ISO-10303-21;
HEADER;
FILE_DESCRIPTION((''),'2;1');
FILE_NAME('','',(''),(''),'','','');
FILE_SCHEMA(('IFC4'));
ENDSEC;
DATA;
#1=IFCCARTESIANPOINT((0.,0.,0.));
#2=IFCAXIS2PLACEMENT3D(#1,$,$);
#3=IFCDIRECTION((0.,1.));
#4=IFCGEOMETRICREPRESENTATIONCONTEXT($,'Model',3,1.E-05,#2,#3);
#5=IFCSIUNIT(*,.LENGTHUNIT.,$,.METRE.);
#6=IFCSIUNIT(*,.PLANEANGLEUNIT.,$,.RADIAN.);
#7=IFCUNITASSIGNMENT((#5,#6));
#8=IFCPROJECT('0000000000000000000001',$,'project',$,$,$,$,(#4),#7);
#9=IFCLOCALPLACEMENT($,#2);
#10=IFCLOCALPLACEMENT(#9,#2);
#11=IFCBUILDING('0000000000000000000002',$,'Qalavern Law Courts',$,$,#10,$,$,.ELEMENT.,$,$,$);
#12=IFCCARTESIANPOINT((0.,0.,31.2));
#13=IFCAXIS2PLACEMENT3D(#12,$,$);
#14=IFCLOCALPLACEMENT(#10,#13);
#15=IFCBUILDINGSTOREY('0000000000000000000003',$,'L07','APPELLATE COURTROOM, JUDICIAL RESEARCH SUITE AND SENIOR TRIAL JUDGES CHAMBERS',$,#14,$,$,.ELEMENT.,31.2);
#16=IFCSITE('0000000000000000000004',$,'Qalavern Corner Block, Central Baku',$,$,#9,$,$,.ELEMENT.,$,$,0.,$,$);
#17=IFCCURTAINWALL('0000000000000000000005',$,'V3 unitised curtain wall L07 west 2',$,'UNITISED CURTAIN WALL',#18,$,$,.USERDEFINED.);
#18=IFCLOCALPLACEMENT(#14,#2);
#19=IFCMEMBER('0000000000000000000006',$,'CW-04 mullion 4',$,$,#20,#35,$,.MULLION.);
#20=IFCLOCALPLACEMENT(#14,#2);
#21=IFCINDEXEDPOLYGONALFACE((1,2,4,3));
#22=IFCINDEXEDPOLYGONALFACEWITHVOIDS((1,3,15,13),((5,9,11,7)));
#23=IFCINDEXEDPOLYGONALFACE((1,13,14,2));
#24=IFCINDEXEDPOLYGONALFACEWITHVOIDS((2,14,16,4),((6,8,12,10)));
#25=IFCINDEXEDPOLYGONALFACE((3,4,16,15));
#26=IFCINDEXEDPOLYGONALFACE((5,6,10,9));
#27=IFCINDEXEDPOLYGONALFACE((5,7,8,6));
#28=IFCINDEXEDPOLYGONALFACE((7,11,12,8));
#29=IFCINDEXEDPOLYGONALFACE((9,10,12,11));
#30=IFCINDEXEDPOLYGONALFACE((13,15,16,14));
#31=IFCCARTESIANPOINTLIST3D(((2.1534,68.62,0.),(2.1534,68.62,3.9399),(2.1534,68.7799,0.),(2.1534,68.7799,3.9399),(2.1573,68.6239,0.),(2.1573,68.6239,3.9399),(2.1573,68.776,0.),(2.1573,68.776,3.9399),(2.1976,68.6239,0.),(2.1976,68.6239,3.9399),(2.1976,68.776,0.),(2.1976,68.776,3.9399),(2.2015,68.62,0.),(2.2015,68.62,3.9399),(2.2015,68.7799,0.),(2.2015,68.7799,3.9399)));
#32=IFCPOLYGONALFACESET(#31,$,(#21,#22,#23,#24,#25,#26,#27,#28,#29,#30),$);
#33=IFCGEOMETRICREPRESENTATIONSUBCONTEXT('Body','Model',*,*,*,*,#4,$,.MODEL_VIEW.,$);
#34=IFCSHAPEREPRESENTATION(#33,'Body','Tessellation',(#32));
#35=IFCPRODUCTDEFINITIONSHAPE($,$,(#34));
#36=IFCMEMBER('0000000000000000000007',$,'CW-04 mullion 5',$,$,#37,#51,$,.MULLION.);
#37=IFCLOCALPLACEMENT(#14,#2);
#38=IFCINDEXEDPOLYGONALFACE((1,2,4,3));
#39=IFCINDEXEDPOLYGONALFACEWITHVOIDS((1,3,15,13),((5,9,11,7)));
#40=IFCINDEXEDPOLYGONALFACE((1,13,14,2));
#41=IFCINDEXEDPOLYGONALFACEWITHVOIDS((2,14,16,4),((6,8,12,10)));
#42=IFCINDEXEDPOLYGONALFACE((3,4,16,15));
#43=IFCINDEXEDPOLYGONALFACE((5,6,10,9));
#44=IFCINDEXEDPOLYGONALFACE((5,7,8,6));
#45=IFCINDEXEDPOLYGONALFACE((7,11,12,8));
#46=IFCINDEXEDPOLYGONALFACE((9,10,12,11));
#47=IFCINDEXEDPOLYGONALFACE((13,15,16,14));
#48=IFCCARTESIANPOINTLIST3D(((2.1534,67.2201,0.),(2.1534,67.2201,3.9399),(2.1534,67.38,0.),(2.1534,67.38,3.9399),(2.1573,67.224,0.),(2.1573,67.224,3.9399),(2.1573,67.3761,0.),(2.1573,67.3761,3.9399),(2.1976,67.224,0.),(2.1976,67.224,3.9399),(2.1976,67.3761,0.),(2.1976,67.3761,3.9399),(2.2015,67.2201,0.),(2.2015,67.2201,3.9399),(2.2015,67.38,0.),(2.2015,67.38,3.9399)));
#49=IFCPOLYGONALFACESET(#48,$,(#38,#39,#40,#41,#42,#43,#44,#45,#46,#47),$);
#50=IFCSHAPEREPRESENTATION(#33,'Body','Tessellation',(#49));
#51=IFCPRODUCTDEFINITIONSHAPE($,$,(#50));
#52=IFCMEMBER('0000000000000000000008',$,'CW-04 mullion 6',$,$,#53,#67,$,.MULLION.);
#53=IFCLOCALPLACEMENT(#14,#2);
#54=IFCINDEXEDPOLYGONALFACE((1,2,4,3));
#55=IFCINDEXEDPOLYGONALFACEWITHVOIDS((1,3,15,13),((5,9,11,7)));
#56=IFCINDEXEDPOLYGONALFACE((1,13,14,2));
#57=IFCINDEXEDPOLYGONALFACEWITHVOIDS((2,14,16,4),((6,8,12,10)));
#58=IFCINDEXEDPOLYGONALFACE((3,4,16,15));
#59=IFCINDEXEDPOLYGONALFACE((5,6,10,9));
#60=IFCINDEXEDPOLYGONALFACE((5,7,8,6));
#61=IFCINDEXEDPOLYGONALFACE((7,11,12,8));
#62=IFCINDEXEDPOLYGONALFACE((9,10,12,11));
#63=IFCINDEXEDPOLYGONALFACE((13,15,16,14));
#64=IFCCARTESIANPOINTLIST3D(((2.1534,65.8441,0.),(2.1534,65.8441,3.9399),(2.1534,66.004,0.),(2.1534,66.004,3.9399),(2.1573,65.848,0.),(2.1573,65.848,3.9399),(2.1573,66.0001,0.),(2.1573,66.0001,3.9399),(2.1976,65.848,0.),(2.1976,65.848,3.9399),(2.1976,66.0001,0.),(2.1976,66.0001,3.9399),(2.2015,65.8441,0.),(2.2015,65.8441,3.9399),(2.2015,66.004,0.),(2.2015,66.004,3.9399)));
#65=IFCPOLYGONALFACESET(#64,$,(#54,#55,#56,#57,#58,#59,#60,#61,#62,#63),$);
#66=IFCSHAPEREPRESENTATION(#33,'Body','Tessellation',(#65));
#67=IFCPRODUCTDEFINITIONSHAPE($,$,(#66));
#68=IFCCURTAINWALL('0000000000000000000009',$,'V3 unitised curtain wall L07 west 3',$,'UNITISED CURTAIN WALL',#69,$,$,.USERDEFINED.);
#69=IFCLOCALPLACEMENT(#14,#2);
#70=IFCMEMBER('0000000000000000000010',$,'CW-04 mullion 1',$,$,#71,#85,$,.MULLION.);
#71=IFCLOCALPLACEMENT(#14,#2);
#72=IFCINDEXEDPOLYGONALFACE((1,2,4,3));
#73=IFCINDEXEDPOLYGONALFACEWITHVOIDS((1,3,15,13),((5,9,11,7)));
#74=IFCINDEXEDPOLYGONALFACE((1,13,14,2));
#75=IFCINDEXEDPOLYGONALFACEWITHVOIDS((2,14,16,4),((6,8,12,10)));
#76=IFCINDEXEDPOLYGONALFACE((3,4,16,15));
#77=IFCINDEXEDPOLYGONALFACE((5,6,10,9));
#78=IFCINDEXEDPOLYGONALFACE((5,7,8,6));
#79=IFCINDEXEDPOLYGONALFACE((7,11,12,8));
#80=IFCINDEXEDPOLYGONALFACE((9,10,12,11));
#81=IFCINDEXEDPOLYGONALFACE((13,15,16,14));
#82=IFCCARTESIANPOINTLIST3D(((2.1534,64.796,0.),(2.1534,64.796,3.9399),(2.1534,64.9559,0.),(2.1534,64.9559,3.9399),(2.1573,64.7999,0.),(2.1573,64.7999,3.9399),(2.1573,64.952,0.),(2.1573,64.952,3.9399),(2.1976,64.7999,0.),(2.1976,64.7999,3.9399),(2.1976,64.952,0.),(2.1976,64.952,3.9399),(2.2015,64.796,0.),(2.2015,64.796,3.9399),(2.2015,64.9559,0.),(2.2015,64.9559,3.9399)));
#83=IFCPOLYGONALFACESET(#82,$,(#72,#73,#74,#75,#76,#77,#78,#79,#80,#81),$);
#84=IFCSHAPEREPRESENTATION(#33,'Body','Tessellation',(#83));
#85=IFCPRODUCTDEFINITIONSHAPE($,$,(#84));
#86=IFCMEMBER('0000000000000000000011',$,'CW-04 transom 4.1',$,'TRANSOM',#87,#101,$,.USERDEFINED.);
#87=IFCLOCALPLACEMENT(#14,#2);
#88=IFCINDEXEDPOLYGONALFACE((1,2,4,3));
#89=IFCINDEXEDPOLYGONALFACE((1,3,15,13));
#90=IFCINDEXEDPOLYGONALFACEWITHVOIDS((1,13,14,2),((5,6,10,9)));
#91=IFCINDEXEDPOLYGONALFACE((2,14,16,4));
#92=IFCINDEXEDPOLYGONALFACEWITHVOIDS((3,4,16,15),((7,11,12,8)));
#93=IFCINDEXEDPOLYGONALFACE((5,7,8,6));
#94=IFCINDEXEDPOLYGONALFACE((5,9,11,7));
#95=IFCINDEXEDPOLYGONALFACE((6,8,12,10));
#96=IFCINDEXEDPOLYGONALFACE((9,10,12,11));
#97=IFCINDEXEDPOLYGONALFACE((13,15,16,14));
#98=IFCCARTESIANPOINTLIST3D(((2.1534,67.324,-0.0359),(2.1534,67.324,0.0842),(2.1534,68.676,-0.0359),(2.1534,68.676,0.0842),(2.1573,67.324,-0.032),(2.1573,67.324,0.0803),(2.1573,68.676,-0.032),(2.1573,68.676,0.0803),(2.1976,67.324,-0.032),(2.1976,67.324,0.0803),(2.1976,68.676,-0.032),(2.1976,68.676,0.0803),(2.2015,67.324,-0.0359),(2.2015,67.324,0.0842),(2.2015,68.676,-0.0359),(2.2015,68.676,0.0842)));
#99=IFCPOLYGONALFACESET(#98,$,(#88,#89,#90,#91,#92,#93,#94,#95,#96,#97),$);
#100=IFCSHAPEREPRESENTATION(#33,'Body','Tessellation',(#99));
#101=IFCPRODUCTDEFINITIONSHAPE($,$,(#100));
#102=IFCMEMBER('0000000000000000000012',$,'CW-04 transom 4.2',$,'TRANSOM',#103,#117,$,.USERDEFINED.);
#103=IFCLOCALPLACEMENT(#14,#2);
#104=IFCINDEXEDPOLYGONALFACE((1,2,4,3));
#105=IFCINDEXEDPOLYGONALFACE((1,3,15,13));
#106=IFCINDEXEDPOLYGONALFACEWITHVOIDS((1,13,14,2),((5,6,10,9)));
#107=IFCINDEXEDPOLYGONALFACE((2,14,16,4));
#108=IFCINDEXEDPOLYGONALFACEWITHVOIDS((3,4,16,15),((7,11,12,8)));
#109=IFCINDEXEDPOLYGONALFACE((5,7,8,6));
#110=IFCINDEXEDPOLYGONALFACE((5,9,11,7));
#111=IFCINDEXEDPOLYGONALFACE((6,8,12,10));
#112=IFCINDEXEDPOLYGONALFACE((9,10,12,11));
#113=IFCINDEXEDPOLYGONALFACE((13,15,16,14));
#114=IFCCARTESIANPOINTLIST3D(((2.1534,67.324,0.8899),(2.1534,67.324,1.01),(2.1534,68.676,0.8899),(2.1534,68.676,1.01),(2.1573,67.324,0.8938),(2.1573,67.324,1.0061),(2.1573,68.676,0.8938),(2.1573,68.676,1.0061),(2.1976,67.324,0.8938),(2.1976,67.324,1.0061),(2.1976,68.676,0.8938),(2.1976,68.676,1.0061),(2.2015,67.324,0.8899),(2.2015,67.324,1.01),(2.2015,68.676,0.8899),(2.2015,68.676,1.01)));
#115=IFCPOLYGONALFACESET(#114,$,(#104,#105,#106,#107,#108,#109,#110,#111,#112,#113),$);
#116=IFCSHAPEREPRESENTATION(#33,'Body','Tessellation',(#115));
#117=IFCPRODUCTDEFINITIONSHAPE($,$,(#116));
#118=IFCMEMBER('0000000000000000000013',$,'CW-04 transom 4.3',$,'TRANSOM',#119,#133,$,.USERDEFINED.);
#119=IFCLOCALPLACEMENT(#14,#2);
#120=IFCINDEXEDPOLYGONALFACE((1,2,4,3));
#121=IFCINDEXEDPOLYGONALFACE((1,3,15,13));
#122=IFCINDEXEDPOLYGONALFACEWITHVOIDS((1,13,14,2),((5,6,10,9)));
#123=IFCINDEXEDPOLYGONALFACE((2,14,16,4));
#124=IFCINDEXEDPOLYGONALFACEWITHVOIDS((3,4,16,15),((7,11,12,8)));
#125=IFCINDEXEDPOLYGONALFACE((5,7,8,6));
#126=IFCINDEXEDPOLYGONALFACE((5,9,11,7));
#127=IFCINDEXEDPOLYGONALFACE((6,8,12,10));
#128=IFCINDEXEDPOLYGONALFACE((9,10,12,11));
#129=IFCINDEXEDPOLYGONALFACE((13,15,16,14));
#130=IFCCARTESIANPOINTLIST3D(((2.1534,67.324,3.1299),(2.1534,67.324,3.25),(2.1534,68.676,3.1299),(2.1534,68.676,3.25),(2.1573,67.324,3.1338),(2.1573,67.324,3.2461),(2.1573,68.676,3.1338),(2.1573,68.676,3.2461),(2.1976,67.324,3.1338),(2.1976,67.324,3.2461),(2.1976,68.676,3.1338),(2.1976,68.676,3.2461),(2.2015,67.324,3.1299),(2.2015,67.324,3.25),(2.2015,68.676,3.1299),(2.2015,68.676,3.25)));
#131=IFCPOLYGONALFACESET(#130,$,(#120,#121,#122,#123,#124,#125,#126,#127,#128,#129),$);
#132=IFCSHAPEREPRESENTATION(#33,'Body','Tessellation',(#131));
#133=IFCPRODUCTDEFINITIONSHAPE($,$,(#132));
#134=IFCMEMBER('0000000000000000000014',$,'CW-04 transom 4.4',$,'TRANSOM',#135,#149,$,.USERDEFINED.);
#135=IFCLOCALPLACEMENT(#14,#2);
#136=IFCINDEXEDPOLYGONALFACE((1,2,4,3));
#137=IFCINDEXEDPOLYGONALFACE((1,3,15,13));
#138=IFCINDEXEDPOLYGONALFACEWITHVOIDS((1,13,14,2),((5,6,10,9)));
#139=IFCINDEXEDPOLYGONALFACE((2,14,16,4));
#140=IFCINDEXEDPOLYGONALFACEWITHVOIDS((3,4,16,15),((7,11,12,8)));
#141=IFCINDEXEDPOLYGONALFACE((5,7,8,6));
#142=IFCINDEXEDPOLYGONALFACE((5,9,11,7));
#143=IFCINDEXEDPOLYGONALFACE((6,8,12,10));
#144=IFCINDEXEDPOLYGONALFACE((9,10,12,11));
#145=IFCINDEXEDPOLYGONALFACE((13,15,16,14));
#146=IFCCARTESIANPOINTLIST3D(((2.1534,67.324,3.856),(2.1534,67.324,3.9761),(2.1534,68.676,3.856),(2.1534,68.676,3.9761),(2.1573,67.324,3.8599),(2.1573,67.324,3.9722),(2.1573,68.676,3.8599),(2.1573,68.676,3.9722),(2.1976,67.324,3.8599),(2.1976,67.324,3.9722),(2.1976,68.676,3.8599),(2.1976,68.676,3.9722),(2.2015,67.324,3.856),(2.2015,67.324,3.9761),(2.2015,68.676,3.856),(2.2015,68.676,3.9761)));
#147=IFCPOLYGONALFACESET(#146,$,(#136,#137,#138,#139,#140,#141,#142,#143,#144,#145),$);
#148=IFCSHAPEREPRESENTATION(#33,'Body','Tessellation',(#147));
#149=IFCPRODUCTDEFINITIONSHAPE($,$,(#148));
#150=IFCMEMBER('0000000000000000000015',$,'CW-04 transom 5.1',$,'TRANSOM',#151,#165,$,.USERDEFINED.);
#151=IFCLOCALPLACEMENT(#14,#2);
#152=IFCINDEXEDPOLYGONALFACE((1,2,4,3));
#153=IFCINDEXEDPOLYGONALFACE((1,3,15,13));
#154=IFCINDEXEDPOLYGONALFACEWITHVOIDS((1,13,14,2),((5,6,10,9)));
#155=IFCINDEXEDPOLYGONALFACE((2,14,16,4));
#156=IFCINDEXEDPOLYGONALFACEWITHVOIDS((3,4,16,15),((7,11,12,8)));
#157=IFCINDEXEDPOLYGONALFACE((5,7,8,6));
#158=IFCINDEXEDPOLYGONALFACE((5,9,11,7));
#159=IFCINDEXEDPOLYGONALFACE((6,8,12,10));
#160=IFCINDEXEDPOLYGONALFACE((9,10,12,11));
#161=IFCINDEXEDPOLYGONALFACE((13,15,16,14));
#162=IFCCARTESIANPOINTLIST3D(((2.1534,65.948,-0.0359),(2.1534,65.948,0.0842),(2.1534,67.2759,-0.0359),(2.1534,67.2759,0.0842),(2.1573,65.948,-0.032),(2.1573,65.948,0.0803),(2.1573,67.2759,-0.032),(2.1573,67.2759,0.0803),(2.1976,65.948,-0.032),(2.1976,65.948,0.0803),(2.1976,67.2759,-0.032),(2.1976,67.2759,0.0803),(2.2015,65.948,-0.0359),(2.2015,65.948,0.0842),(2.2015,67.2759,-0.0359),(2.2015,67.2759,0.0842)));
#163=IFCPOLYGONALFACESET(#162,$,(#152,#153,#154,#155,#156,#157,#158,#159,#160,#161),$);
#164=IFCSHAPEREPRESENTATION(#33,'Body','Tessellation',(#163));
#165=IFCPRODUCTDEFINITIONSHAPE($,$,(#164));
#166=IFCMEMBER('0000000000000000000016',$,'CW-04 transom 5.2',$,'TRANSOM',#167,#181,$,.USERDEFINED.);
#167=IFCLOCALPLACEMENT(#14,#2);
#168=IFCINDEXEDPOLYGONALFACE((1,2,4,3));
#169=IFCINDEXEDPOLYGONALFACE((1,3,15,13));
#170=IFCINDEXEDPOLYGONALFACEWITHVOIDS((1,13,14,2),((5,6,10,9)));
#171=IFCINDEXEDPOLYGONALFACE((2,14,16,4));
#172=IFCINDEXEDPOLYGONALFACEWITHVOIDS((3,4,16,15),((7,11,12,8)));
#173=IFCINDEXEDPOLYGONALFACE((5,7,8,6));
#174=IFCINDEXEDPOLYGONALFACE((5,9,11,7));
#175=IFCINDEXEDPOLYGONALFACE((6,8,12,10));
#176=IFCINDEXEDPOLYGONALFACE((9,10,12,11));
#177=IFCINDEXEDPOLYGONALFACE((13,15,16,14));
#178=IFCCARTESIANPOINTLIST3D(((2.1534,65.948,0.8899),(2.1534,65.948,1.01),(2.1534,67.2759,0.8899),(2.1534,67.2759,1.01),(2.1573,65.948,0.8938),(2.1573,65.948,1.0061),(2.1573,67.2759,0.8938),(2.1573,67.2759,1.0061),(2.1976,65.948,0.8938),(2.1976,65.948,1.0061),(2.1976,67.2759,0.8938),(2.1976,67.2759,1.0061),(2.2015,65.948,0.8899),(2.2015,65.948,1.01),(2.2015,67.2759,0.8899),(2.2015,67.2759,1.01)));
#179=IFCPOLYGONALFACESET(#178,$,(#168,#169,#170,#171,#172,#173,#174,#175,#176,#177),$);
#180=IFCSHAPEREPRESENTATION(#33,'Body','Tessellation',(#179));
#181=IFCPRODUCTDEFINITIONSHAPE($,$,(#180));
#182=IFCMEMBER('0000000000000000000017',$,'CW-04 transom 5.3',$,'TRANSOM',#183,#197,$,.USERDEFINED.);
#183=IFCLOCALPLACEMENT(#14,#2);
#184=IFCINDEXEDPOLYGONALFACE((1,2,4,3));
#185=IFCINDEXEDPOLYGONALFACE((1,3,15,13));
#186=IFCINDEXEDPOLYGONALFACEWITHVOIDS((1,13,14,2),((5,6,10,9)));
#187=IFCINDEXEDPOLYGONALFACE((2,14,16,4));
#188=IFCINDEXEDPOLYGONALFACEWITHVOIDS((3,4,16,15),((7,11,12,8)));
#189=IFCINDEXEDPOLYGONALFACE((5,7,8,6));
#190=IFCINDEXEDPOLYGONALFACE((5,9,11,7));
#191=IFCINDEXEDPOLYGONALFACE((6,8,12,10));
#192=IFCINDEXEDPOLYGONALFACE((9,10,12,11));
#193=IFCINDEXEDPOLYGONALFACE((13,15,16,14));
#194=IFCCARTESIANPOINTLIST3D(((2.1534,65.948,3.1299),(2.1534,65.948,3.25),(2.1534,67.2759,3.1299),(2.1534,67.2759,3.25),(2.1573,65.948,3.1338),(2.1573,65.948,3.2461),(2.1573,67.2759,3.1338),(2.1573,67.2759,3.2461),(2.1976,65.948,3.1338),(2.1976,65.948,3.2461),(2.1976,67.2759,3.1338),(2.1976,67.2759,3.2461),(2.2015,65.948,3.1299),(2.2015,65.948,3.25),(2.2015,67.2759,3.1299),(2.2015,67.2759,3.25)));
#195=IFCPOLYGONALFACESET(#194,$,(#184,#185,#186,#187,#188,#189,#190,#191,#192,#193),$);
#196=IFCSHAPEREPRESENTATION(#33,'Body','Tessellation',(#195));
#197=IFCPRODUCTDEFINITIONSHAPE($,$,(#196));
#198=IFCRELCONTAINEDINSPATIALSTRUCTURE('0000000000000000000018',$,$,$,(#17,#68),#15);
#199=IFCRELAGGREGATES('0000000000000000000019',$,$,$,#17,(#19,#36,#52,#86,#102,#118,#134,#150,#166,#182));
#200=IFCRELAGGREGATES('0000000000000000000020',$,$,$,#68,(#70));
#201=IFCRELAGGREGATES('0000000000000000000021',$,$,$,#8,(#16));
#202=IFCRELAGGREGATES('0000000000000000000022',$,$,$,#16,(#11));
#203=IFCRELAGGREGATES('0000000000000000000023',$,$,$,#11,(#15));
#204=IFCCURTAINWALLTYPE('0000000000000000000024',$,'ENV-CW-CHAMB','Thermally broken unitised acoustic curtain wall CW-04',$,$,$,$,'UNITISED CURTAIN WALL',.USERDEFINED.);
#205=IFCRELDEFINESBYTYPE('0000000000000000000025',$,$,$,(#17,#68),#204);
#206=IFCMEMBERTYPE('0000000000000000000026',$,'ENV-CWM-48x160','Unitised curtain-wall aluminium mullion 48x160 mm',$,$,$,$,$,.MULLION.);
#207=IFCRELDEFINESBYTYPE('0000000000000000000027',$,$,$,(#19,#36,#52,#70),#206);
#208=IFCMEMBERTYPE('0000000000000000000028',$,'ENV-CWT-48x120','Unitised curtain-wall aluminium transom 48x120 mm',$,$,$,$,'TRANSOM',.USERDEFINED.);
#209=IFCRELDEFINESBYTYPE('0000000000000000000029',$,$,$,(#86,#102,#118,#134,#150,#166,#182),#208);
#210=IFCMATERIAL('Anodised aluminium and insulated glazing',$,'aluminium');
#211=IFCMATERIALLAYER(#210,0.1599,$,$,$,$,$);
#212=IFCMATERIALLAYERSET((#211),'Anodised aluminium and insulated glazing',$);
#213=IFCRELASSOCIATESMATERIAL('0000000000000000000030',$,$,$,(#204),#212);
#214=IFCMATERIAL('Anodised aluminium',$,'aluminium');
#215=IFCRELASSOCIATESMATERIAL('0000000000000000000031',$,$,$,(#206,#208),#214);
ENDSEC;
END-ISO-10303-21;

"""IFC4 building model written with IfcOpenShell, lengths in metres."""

from ifc_helpers import new_model, si_unit, direction, frame, origin, origin_2d, place, context, subcontext, project, spatial, hollow_rectangle, extrude, material, layer, layer_set, material_profile, profile_set, type_object, element, aggregate, save


model = new_model("IFC4")

# Units and contexts
model_context = context("Model", 3, precision=1e-05, world=origin(), true_north=direction((0.0, 1.0)))
body_context = subcontext(model_context, "Body", "Model", "MODEL_VIEW")
ifc_project = project(units=[si_unit("LENGTHUNIT", "METRE"), si_unit("PLANEANGLEUNIT", "RADIAN")], contexts=[model_context])

# Site, building, storey
site_placement = place(None, origin())
site = spatial("IfcSite", under=ifc_project, at=site_placement, Name="Qalavern Corner Block, Central Baku", CompositionType="ELEMENT", RefElevation=0.0)
building_placement = place(site_placement, origin())
building = spatial("IfcBuilding", under=site, at=building_placement, Name="Qalavern Law Courts", CompositionType="ELEMENT")
storey_placement = place(building_placement, frame((0.0, 0.0, 31.2)))
storey = spatial("IfcBuildingStorey", under=building, at=storey_placement, Name="L07", Description="APPELLATE COURTROOM, JUDICIAL RESEARCH SUITE AND SENIOR TRIAL JUDGES CHAMBERS", CompositionType="ELEMENT", Elevation=31.2)

# Curtain wall, members
ifc_material_1 = material(Name="Anodised aluminium and insulated glazing", Category="aluminium")
ifc_layer_1 = layer(ifc_material_1, 0.1599)
ifc_layer_set_1 = layer_set([ifc_layer_1], Name="Anodised aluminium and insulated glazing")
curtain_wall_type = type_object("IfcCurtainWallType", Name="ENV-CW-CHAMB", Description="Thermally broken unitised acoustic curtain wall CW-04", ElementType="UNITISED CURTAIN WALL", PredefinedType="USERDEFINED", material=ifc_layer_set_1)
curtain_wall_1_placement = place(storey_placement, origin())
curtain_wall_1 = element("IfcCurtainWall", 1, at=curtain_wall_1_placement, inside=storey, type_object=curtain_wall_type, Name="V3 unitised curtain wall L07 west 2", ObjectType="UNITISED CURTAIN WALL", PredefinedType="USERDEFINED")
ifc_material_2 = material(Name="Anodised aluminium", Category="aluminium")
ifc_material_profile_1 = material_profile(ifc_material_2, hollow_rectangle(XDim=0.0481, YDim=0.1599, WallThickness=0.0039, at=origin_2d()), Name="ALU MULLION 48x160")
ifc_profile_set_1 = profile_set([ifc_material_profile_1], Name="Anodised aluminium")
member_type_1 = type_object("IfcMemberType", Name="ENV-CWM-48x160", Description="Unitised curtain-wall aluminium mullion 48x160 mm", PredefinedType="MULLION", material=ifc_profile_set_1)
member_1_placement = place(storey_placement, frame((2.1775, 68.7, 0.0), z_axis=(0.0, 0.0, 1.0), x_axis=(1.0, 0.0, 0.0)))
member_1 = element("IfcMember", 2, at=member_1_placement, type_object=member_type_1, Name="CW-04 mullion 4", PredefinedType="MULLION", context=body_context, shape_type="SweptSolid", body=[
    extrude(hollow_rectangle(XDim=0.0481, YDim=0.1599, WallThickness=0.0039, at=origin_2d()), origin(), (0.0, 0.0, 1.0), 3.9399),
])
member_2_placement = place(storey_placement, frame((2.1775, 67.3, 0.0), z_axis=(0.0, 0.0, 1.0), x_axis=(1.0, 0.0, 0.0)))
member_2 = element("IfcMember", 3, at=member_2_placement, type_object=member_type_1, Name="CW-04 mullion 5", PredefinedType="MULLION", context=body_context, shape_type="SweptSolid", body=[
    extrude(hollow_rectangle(XDim=0.0481, YDim=0.1599, WallThickness=0.0039, at=origin_2d()), origin(), (0.0, 0.0, 1.0), 3.9399),
])
member_3_placement = place(storey_placement, frame((2.1775, 65.9241, 0.0), z_axis=(0.0, 0.0, 1.0), x_axis=(1.0, 0.0, 0.0)))
member_3 = element("IfcMember", 4, at=member_3_placement, type_object=member_type_1, Name="CW-04 mullion 6", PredefinedType="MULLION", context=body_context, shape_type="SweptSolid", body=[
    extrude(hollow_rectangle(XDim=0.0481, YDim=0.1599, WallThickness=0.0039, at=origin_2d()), origin(), (0.0, 0.0, 1.0), 3.9399),
])

# Curtain wall, member
curtain_wall_2_placement = place(storey_placement, origin())
curtain_wall_2 = element("IfcCurtainWall", 5, at=curtain_wall_2_placement, inside=storey, type_object=curtain_wall_type, Name="V3 unitised curtain wall L07 west 3", ObjectType="UNITISED CURTAIN WALL", PredefinedType="USERDEFINED")
member_4_placement = place(storey_placement, frame((2.1775, 64.876, 0.0), z_axis=(0.0, 0.0, 1.0), x_axis=(1.0, 0.0, 0.0)))
member_4 = element("IfcMember", 6, at=member_4_placement, type_object=member_type_1, Name="CW-04 mullion 1", PredefinedType="MULLION", context=body_context, shape_type="SweptSolid", body=[
    extrude(hollow_rectangle(XDim=0.0481, YDim=0.1599, WallThickness=0.0039, at=origin_2d()), origin(), (0.0, 0.0, 1.0), 3.9399),
])

# Members
ifc_material_profile_2 = material_profile(ifc_material_2, hollow_rectangle(XDim=0.0481, YDim=0.1201, WallThickness=0.0039, at=origin_2d()), Name="ALU TRANSOM 48x120")
ifc_profile_set_2 = profile_set([ifc_material_profile_2], Name="Anodised aluminium")
member_type_2 = type_object("IfcMemberType", Name="ENV-CWT-48x120", Description="Unitised curtain-wall aluminium transom 48x120 mm", ElementType="TRANSOM", PredefinedType="USERDEFINED", material=ifc_profile_set_2)
member_5_placement = place(storey_placement, frame((2.1775, 68.676, 0.0242), z_axis=(0.0, -1.0, 0.0), x_axis=(1.0, 0.0, 0.0)))
member_5 = element("IfcMember", 7, at=member_5_placement, type_object=member_type_2, Name="CW-04 transom 4.1", ObjectType="TRANSOM", PredefinedType="USERDEFINED", context=body_context, shape_type="SweptSolid", body=[
    extrude(hollow_rectangle(XDim=0.0481, YDim=0.1201, WallThickness=0.0039, at=origin_2d()), origin(), (0.0, 0.0, 1.0), 1.3521),
])
member_6_placement = place(storey_placement, frame((2.1775, 68.676, 0.95), z_axis=(0.0, -1.0, 0.0), x_axis=(1.0, 0.0, 0.0)))
member_6 = element("IfcMember", 8, at=member_6_placement, type_object=member_type_2, Name="CW-04 transom 4.2", ObjectType="TRANSOM", PredefinedType="USERDEFINED", context=body_context, shape_type="SweptSolid", body=[
    extrude(hollow_rectangle(XDim=0.0481, YDim=0.1201, WallThickness=0.0039, at=origin_2d()), origin(), (0.0, 0.0, 1.0), 1.3521),
])
member_7_placement = place(storey_placement, frame((2.1775, 68.676, 3.1899), z_axis=(0.0, -1.0, 0.0), x_axis=(1.0, 0.0, 0.0)))
member_7 = element("IfcMember", 9, at=member_7_placement, type_object=member_type_2, Name="CW-04 transom 4.3", ObjectType="TRANSOM", PredefinedType="USERDEFINED", context=body_context, shape_type="SweptSolid", body=[
    extrude(hollow_rectangle(XDim=0.0481, YDim=0.1201, WallThickness=0.0039, at=origin_2d()), origin(), (0.0, 0.0, 1.0), 1.3521),
])
member_8_placement = place(storey_placement, frame((2.1775, 68.676, 3.916), z_axis=(0.0, -1.0, 0.0), x_axis=(1.0, 0.0, 0.0)))
member_8 = element("IfcMember", 10, at=member_8_placement, type_object=member_type_2, Name="CW-04 transom 4.4", ObjectType="TRANSOM", PredefinedType="USERDEFINED", context=body_context, shape_type="SweptSolid", body=[
    extrude(hollow_rectangle(XDim=0.0481, YDim=0.1201, WallThickness=0.0039, at=origin_2d()), origin(), (0.0, 0.0, 1.0), 1.3521),
])
member_9_placement = place(storey_placement, frame((2.1775, 67.2759, 0.0242), z_axis=(0.0, -1.0, 0.0), x_axis=(1.0, 0.0, 0.0)))
member_9 = element("IfcMember", 11, at=member_9_placement, type_object=member_type_2, Name="CW-04 transom 5.1", ObjectType="TRANSOM", PredefinedType="USERDEFINED", context=body_context, shape_type="SweptSolid", body=[
    extrude(hollow_rectangle(XDim=0.0481, YDim=0.1201, WallThickness=0.0039, at=origin_2d()), origin(), (0.0, 0.0, 1.0), 1.3279),
])
member_10_placement = place(storey_placement, frame((2.1775, 67.2759, 0.95), z_axis=(0.0, -1.0, 0.0), x_axis=(1.0, 0.0, 0.0)))
member_10 = element("IfcMember", 12, at=member_10_placement, type_object=member_type_2, Name="CW-04 transom 5.2", ObjectType="TRANSOM", PredefinedType="USERDEFINED", context=body_context, shape_type="SweptSolid", body=[
    extrude(hollow_rectangle(XDim=0.0481, YDim=0.1201, WallThickness=0.0039, at=origin_2d()), origin(), (0.0, 0.0, 1.0), 1.3279),
])
member_11_placement = place(storey_placement, frame((2.1775, 67.2759, 3.1899), z_axis=(0.0, -1.0, 0.0), x_axis=(1.0, 0.0, 0.0)))
member_11 = element("IfcMember", 13, at=member_11_placement, type_object=member_type_2, Name="CW-04 transom 5.3", ObjectType="TRANSOM", PredefinedType="USERDEFINED", context=body_context, shape_type="SweptSolid", body=[
    extrude(hollow_rectangle(XDim=0.0481, YDim=0.1201, WallThickness=0.0039, at=origin_2d()), origin(), (0.0, 0.0, 1.0), 1.3279),
])

aggregate(curtain_wall_1, [member_1, member_2, member_3, member_5, member_6, member_7, member_8, member_9, member_10, member_11])
aggregate(curtain_wall_2, [member_4])

save(model, "model.ifc")
